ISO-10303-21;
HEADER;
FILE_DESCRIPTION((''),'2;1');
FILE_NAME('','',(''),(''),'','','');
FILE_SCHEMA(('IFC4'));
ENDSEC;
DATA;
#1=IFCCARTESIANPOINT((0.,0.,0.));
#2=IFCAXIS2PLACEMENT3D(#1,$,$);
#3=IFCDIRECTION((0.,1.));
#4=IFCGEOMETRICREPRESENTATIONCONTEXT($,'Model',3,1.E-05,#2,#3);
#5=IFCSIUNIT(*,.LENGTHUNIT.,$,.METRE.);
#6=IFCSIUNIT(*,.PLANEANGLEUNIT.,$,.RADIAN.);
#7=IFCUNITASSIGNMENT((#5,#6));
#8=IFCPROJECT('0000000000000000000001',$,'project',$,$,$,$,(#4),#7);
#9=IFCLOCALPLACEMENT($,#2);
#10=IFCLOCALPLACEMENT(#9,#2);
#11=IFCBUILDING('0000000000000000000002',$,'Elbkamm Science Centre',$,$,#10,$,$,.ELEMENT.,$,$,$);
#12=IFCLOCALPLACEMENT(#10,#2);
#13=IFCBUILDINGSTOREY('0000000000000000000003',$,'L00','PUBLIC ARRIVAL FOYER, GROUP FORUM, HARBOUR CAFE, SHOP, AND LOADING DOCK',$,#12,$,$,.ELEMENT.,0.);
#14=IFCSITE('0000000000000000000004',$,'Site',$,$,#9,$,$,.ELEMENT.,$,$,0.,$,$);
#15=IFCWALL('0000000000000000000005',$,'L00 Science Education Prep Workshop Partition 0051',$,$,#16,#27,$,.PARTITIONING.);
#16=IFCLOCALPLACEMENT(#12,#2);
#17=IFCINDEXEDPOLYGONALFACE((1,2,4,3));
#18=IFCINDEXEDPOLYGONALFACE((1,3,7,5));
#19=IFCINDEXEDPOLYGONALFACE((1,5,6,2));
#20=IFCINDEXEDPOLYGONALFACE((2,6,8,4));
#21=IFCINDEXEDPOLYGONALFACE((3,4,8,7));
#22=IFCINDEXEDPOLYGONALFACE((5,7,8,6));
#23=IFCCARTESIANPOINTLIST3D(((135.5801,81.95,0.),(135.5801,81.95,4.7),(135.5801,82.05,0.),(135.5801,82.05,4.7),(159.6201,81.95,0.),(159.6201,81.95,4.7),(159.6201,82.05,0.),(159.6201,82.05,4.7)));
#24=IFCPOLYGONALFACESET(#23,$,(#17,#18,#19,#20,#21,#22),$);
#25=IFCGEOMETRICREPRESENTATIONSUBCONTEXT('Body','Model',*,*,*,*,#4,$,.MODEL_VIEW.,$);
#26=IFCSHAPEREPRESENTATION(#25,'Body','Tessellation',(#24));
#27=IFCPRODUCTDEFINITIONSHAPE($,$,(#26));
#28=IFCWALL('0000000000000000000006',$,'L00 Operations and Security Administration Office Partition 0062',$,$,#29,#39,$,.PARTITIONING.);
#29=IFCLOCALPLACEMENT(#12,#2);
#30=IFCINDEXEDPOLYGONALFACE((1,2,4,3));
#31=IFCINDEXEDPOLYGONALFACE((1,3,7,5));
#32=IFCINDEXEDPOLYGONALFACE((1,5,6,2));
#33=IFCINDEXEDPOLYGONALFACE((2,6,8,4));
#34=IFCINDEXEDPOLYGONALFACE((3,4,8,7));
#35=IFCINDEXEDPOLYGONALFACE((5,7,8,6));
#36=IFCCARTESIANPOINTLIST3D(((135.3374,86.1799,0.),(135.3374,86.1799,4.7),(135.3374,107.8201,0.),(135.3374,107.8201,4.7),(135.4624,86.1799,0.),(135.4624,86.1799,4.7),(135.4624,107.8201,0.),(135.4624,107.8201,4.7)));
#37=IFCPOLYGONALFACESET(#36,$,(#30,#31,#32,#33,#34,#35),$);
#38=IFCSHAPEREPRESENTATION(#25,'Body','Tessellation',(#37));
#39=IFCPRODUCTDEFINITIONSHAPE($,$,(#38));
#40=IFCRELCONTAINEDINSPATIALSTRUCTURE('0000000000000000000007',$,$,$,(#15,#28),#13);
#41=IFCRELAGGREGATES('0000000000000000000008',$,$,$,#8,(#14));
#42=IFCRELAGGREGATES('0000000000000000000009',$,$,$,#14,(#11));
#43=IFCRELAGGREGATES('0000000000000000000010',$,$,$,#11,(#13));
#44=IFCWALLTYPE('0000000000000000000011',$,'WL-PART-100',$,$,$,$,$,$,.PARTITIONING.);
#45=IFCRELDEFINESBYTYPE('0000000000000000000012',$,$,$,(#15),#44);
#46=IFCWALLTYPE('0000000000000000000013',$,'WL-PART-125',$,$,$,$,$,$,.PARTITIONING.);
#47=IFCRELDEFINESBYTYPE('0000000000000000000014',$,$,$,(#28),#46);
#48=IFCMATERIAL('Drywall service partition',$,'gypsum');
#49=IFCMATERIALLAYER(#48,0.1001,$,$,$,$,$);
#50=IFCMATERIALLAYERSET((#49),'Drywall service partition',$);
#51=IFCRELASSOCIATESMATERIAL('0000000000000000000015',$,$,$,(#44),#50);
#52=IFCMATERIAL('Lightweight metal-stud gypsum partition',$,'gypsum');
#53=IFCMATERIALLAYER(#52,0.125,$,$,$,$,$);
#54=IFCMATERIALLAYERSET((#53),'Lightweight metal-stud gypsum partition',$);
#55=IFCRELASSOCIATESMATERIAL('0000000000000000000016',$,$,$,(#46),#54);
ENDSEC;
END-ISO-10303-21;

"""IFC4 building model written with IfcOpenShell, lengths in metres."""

from ifc_helpers import new_model, si_unit, direction, frame, frame_2d, origin, place, context, subcontext, project, spatial, rectangle, extrude, material, layer, layer_set, type_object, element, save


model = new_model("IFC4")

# Units and contexts
model_context = context("Model", 3, precision=1e-05, world=origin(), true_north=direction((0.0, 1.0)))
body_context = subcontext(model_context, "Body", "Model", "MODEL_VIEW")
ifc_project = project(units=[si_unit("LENGTHUNIT", "METRE"), si_unit("PLANEANGLEUNIT", "RADIAN")], contexts=[model_context])

# Site, building, storey
site_placement = place(None, origin())
site = spatial("IfcSite", under=ifc_project, at=site_placement, Name="Site", CompositionType="ELEMENT", RefElevation=0.0)
building_placement = place(site_placement, origin())
building = spatial("IfcBuilding", under=site, at=building_placement, Name="Elbkamm Science Centre", CompositionType="ELEMENT")
storey_placement = place(building_placement, origin())
storey = spatial("IfcBuildingStorey", under=building, at=storey_placement, Name="L00", Description="PUBLIC ARRIVAL FOYER, GROUP FORUM, HARBOUR CAFE, SHOP, AND LOADING DOCK", CompositionType="ELEMENT", Elevation=0.0)

# Walls
ifc_material_1 = material(Name="Drywall service partition", Category="gypsum")
ifc_layer_1 = layer(ifc_material_1, 0.1001)
ifc_layer_set_1 = layer_set([ifc_layer_1], Name="Drywall service partition")
wall_type_1 = type_object("IfcWallType", Name="WL-PART-100", PredefinedType="PARTITIONING", material=ifc_layer_set_1)
wall_1_placement = place(storey_placement, frame((135.5801, 82.0, 0.0), z_axis=(0.0, 0.0, 1.0), x_axis=(1.0, 0.0, 0.0)))
element("IfcWall", 1, at=wall_1_placement, inside=storey, type_object=wall_type_1, Name="L00 Science Education Prep Workshop Partition 0051", PredefinedType="PARTITIONING", context=body_context, shape_type="SweptSolid", body=[
    extrude(rectangle(XDim=24.04, YDim=0.1001, at=frame_2d((12.02, 0.0))), origin(), (0.0, 0.0, 1.0), 4.7),
])
ifc_material_2 = material(Name="Lightweight metal-stud gypsum partition", Category="gypsum")
ifc_layer_2 = layer(ifc_material_2, 0.125)
ifc_layer_set_2 = layer_set([ifc_layer_2], Name="Lightweight metal-stud gypsum partition")
wall_type_2 = type_object("IfcWallType", Name="WL-PART-125", PredefinedType="PARTITIONING", material=ifc_layer_set_2)
wall_2_placement = place(storey_placement, frame((135.3999, 86.1799, 0.0), z_axis=(0.0, 0.0, 1.0), x_axis=(0.0, 1.0, 0.0)))
element("IfcWall", 2, at=wall_2_placement, inside=storey, type_object=wall_type_2, Name="L00 Operations and Security Administration Office Partition 0062", PredefinedType="PARTITIONING", context=body_context, shape_type="SweptSolid", body=[
    extrude(rectangle(XDim=21.6401, YDim=0.125, at=frame_2d((10.8201, 0.0))), origin(), (0.0, 0.0, 1.0), 4.7),
])

save(model, "model.ifc")
